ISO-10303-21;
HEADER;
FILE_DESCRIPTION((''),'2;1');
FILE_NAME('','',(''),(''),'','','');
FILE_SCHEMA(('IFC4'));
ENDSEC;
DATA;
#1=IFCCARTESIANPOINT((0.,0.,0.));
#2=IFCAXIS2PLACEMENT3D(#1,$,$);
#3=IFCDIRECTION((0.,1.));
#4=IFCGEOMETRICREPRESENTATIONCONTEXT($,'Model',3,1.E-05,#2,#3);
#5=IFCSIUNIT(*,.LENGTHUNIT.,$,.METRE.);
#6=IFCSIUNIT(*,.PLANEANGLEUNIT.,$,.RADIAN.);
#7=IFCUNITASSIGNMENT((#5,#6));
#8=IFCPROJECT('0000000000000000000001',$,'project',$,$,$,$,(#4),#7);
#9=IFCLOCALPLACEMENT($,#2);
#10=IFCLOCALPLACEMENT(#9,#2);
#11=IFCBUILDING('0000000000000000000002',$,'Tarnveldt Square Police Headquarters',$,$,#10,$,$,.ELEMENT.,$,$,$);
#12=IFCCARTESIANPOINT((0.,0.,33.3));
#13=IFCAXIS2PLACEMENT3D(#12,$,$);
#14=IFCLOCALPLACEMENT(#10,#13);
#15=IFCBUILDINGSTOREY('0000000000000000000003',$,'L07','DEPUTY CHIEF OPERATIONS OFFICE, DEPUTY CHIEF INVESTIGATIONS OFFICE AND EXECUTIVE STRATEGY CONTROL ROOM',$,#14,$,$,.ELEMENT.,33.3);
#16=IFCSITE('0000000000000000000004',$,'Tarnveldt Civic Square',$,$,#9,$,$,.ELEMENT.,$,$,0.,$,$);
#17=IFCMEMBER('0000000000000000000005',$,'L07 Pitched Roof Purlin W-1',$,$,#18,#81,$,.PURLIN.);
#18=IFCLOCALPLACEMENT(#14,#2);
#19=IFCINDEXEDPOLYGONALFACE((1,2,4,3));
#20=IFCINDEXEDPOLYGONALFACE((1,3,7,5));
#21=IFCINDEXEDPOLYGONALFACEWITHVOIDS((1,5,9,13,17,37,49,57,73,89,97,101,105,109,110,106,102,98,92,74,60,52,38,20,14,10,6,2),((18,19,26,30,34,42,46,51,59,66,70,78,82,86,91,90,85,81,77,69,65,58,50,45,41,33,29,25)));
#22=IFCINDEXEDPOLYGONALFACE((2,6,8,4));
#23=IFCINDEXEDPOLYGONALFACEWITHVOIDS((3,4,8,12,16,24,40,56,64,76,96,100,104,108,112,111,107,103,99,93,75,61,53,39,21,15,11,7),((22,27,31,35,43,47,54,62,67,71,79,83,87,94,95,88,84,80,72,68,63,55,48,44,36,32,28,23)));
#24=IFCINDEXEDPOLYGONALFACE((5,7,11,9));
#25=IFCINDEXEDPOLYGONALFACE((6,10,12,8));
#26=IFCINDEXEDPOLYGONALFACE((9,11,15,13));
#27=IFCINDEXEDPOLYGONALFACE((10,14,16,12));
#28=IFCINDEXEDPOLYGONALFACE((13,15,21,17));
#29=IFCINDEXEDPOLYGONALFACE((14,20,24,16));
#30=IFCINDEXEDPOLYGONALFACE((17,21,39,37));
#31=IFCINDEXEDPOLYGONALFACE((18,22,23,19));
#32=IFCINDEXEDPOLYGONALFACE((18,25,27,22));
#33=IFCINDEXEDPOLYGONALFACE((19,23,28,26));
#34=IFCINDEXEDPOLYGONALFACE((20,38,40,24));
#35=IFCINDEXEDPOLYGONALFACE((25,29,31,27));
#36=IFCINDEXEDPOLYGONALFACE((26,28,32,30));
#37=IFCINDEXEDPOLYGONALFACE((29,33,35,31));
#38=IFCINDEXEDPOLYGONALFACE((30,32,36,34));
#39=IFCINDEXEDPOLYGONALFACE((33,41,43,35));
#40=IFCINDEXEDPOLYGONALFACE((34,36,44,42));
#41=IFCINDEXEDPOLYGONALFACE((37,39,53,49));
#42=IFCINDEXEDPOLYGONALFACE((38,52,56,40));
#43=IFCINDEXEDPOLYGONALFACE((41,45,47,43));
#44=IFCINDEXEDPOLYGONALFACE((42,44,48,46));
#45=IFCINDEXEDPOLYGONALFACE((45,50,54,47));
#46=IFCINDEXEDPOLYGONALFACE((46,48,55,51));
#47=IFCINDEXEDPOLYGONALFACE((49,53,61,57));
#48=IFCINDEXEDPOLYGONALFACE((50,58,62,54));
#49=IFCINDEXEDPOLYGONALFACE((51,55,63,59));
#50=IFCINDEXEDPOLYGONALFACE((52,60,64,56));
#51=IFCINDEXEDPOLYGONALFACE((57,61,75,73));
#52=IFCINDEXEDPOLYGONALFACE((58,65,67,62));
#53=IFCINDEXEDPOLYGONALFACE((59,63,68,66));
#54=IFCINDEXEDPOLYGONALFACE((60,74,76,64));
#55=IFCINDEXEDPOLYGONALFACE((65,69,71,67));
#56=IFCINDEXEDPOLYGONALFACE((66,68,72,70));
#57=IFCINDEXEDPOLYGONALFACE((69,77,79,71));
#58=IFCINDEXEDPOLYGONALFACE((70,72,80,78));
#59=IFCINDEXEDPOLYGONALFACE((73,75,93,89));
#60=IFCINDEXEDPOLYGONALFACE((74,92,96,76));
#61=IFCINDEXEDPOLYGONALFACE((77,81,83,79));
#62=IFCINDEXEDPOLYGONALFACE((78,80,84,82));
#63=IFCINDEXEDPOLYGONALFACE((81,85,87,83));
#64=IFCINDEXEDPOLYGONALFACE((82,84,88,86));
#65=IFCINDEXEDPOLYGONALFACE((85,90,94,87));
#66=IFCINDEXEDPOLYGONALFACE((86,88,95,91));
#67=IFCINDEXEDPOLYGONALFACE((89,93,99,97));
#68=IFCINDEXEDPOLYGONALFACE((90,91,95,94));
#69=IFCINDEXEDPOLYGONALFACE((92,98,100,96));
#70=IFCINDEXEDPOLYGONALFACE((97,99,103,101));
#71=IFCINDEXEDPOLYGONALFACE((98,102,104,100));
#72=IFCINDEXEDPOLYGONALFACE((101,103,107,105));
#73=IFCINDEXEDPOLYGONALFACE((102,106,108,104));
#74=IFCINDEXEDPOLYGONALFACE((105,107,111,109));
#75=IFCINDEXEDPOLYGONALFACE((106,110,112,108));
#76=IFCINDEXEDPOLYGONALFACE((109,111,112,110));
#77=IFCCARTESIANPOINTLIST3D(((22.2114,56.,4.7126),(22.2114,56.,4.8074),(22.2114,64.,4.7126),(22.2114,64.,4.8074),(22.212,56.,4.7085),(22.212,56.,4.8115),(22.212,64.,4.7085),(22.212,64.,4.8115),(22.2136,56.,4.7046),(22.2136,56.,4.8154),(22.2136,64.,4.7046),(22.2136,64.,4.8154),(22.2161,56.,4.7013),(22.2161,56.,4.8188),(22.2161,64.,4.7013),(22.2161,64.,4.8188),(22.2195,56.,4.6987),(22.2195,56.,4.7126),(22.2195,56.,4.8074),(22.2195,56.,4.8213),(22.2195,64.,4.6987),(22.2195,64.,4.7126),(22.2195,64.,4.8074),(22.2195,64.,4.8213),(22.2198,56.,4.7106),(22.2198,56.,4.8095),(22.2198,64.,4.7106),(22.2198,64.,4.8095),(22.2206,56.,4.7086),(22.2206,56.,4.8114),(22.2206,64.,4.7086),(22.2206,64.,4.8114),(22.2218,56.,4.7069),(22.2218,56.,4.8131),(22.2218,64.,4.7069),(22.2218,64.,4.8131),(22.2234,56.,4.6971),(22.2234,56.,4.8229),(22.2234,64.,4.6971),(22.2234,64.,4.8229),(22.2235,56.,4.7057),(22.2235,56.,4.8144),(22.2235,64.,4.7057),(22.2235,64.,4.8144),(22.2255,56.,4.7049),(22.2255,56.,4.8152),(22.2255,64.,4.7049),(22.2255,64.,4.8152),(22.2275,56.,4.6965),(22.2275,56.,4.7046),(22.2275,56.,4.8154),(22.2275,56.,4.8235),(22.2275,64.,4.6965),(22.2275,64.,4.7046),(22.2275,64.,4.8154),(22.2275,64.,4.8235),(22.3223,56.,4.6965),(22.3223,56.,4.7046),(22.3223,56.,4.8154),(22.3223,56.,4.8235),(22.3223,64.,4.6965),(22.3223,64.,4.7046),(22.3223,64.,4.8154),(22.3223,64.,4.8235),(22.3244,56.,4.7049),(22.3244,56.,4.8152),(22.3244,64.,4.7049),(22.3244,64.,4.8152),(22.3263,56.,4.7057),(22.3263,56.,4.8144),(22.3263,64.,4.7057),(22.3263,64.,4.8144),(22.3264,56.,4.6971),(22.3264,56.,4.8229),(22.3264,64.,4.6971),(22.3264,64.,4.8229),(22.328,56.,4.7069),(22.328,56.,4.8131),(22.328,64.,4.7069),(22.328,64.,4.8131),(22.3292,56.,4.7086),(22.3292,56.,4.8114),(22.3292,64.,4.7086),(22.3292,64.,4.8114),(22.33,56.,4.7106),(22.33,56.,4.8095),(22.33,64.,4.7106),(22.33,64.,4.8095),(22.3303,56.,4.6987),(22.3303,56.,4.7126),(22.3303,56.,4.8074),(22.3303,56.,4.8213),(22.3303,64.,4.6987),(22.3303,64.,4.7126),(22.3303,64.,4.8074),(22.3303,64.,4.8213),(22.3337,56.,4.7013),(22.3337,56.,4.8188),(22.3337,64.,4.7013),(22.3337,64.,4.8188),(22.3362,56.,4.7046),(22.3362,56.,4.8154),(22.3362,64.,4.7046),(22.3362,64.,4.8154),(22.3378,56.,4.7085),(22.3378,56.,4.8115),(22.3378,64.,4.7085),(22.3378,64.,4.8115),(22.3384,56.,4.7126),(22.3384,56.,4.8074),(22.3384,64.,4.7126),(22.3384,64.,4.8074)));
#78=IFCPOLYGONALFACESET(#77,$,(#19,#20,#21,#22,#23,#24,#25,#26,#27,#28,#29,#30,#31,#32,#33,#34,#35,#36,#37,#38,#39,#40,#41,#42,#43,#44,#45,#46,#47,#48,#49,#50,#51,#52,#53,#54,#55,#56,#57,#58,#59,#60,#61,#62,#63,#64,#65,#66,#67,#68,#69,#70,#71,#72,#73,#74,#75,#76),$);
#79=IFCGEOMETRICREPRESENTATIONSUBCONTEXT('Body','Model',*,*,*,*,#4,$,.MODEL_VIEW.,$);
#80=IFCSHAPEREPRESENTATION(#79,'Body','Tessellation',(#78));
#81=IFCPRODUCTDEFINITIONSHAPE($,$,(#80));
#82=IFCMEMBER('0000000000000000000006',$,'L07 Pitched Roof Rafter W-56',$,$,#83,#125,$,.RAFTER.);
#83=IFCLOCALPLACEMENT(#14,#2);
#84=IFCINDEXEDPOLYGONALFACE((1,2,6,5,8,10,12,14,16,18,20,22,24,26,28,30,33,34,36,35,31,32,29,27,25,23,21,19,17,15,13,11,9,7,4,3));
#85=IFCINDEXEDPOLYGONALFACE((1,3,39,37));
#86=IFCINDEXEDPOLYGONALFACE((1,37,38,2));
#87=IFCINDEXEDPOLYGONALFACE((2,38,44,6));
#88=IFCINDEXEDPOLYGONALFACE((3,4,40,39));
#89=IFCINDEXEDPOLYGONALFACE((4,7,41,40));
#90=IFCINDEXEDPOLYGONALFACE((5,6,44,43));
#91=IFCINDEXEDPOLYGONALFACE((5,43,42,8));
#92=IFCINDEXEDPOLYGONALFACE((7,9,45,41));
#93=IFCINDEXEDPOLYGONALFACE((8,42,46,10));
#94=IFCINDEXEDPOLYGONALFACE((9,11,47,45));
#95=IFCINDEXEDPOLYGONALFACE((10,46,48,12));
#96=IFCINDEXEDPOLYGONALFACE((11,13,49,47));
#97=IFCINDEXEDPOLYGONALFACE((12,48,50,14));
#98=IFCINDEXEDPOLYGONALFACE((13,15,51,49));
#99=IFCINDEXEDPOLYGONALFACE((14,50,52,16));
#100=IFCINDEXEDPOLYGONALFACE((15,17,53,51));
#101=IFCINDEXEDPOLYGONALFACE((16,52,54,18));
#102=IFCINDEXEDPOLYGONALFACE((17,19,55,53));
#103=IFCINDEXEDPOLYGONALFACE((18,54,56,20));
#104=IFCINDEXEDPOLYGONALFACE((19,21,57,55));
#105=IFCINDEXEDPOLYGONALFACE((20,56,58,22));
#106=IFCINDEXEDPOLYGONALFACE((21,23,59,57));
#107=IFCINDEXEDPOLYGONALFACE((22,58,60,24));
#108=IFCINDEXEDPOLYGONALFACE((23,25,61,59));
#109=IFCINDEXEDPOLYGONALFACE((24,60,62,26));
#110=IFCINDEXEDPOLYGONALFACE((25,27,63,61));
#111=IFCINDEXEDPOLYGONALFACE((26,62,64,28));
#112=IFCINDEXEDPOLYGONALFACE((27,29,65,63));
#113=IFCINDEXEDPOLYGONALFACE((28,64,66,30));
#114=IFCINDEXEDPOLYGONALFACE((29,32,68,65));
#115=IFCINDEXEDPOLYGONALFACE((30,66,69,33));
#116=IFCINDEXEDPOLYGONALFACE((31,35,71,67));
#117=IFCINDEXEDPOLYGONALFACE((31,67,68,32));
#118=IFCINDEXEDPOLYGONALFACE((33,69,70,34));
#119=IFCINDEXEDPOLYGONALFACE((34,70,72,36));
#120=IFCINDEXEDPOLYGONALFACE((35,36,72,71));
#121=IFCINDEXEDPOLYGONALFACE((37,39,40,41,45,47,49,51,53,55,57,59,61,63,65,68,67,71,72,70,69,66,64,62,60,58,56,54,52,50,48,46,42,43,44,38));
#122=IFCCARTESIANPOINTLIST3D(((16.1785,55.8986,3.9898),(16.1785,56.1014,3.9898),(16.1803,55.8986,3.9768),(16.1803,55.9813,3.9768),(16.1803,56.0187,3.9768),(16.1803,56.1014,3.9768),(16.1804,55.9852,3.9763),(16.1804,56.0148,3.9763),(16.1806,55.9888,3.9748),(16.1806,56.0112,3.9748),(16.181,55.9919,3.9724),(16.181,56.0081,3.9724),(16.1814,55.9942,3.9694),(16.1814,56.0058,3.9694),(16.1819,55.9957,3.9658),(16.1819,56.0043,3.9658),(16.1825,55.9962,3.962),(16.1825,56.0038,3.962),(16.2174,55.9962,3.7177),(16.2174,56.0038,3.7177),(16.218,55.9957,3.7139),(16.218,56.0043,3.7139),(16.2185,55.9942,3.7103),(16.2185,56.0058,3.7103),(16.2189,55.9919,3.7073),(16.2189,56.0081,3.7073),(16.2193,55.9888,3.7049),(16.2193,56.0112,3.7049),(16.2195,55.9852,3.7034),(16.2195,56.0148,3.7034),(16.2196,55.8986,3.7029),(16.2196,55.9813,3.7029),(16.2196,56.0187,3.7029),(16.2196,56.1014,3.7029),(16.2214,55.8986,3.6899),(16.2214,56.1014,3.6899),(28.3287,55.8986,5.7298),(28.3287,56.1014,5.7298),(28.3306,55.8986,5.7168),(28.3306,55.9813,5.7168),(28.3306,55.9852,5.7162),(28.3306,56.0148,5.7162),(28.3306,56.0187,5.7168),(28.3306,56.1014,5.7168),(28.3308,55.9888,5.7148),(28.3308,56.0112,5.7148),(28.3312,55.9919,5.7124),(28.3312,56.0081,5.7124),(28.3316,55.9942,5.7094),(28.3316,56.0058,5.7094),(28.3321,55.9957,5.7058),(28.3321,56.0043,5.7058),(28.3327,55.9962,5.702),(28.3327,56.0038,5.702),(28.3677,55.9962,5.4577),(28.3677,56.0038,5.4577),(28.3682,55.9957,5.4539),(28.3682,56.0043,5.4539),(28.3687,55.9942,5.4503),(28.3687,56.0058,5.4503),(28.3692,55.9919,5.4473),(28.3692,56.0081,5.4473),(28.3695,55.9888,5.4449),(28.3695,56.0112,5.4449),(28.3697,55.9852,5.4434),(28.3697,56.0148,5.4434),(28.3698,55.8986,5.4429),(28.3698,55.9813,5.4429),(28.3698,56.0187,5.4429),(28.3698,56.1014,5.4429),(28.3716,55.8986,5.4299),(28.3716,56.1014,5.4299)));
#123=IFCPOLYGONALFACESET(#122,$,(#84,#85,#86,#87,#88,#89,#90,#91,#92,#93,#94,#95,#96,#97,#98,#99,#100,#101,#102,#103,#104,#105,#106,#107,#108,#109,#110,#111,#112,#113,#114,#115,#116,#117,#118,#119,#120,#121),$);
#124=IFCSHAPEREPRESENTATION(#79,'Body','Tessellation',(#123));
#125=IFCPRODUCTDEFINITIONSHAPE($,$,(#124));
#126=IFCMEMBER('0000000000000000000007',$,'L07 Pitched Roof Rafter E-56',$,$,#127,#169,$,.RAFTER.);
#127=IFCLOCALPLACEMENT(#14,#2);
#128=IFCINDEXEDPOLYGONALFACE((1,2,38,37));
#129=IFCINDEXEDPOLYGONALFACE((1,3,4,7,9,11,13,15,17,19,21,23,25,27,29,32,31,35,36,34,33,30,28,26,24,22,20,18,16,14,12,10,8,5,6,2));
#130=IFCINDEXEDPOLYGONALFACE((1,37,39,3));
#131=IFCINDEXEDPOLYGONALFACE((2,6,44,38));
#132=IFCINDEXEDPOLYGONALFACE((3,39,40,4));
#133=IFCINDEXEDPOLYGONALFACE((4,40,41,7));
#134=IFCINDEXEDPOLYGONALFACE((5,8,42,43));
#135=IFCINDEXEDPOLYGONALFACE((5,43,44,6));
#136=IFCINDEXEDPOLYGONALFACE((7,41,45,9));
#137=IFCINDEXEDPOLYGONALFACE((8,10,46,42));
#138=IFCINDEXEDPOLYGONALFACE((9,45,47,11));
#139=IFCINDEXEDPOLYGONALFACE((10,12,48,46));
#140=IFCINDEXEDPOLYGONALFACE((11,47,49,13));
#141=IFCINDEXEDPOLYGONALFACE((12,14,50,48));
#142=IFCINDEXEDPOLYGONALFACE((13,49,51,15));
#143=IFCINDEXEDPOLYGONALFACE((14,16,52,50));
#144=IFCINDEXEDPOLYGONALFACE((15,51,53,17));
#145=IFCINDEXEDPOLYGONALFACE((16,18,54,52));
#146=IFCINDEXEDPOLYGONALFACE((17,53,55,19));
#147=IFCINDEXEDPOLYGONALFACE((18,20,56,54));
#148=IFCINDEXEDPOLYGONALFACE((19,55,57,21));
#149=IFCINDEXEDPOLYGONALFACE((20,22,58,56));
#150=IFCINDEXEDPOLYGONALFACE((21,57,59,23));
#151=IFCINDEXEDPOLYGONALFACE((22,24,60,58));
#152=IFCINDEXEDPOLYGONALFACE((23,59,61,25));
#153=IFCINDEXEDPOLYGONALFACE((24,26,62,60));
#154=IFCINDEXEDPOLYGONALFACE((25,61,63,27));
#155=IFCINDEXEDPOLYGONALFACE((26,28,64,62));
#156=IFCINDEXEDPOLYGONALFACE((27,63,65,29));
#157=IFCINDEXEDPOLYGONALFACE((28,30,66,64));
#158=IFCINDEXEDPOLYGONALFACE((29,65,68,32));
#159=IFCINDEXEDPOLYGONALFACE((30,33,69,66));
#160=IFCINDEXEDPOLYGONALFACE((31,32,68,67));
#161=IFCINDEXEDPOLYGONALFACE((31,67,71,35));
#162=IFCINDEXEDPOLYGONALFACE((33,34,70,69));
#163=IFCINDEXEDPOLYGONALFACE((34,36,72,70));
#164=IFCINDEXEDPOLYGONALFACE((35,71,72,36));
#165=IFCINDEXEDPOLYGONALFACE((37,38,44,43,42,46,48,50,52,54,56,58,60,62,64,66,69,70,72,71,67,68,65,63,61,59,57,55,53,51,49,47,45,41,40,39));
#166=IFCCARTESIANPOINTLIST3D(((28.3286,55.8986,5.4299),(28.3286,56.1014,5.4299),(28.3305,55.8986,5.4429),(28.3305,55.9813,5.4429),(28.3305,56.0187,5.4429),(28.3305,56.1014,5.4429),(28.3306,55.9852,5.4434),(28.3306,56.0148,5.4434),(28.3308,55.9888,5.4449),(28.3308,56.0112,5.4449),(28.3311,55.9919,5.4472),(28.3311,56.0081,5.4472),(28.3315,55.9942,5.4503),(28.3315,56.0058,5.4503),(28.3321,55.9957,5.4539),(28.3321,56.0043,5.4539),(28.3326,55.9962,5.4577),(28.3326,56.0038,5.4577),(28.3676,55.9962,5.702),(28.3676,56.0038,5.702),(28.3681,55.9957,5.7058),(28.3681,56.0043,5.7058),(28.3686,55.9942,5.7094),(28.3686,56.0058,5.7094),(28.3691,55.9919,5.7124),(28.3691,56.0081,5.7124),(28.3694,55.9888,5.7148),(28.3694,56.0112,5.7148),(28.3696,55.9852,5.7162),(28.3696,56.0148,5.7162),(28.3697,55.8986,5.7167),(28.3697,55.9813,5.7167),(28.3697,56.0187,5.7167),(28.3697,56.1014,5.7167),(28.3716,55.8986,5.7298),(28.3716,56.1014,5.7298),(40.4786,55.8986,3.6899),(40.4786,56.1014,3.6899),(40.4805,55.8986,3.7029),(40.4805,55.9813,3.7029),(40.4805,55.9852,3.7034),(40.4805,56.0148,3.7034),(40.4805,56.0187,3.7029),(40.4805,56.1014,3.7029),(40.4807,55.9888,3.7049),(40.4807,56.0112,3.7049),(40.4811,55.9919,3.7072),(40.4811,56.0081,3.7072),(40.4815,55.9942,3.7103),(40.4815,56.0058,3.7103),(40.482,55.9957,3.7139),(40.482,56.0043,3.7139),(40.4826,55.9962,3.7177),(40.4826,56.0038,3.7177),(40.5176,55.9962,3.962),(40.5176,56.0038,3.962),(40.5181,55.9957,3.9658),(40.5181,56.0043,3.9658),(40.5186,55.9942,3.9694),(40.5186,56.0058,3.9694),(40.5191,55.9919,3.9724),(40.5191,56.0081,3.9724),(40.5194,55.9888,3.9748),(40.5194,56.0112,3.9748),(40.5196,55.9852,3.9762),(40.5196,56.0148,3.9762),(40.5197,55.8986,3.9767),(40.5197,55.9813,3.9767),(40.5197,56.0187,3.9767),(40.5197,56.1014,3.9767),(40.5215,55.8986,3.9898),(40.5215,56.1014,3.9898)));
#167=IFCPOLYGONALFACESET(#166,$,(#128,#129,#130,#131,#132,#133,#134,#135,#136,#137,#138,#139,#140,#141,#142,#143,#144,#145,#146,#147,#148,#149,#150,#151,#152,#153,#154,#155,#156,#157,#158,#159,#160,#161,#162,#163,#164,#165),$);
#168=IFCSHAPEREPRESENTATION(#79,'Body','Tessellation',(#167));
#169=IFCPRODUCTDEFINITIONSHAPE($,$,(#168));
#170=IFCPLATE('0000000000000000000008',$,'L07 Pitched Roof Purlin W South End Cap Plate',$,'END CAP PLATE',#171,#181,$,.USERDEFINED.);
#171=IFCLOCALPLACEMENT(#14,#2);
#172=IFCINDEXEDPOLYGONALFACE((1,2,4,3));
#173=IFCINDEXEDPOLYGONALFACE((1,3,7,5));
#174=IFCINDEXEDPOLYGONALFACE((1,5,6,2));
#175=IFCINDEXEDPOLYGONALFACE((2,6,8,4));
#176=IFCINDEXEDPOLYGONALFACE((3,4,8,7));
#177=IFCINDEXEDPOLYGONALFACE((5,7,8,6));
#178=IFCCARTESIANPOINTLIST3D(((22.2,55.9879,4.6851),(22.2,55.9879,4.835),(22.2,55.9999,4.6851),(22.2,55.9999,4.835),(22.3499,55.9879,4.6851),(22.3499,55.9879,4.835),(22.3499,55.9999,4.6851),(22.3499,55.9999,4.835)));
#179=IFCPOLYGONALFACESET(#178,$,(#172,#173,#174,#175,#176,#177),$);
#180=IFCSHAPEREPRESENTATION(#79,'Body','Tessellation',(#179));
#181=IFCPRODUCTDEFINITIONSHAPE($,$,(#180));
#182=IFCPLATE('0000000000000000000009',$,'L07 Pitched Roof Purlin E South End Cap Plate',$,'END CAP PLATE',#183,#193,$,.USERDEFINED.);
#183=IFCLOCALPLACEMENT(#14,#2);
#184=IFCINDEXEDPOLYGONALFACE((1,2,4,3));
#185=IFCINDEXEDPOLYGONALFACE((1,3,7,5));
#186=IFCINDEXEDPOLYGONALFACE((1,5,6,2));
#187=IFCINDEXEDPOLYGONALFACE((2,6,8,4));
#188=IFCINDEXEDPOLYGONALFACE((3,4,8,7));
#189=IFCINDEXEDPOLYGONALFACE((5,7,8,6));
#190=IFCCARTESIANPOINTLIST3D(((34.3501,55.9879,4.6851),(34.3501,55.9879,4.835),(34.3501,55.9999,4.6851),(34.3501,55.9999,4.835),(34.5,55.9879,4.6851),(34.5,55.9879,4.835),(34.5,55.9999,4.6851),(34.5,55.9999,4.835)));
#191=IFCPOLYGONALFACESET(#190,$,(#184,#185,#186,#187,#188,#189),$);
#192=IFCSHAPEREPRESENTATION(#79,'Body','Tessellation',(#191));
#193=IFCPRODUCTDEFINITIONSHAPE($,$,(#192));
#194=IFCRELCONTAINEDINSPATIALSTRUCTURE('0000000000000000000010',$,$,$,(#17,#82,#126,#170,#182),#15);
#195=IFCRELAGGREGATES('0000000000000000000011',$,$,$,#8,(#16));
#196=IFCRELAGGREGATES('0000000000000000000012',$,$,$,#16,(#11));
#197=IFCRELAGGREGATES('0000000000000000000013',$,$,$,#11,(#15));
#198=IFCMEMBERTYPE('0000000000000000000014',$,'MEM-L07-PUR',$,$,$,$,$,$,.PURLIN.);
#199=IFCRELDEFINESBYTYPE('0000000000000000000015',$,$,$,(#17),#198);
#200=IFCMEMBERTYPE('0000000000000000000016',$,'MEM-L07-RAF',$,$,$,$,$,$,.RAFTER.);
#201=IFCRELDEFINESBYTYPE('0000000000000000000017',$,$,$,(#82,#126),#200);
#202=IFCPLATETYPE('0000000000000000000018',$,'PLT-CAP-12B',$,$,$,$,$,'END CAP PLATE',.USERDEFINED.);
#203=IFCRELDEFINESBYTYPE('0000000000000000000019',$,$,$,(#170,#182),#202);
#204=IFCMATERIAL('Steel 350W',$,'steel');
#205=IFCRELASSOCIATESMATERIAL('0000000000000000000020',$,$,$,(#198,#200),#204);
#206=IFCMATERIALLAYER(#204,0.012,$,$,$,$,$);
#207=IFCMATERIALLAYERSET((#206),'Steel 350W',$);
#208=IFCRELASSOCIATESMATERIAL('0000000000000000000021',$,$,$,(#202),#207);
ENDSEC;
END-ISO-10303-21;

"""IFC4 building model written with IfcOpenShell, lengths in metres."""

from ifc_helpers import new_model, si_unit, direction, frame, origin, origin_2d, place, context, subcontext, project, spatial, rectangle, hollow_rectangle, i_section, extrude, material, layer, layer_set, material_profile, profile_set, type_object, element, save


model = new_model("IFC4")

# Units and contexts
model_context = context("Model", 3, precision=1e-05, world=origin(), true_north=direction((0.0, 1.0)))
body_context = subcontext(model_context, "Body", "Model", "MODEL_VIEW")
ifc_project = project(units=[si_unit("LENGTHUNIT", "METRE"), si_unit("PLANEANGLEUNIT", "RADIAN")], contexts=[model_context])

# Site, building, storey
site_placement = place(None, origin())
site = spatial("IfcSite", under=ifc_project, at=site_placement, Name="Tarnveldt Civic Square", CompositionType="ELEMENT", RefElevation=0.0)
building_placement = place(site_placement, origin())
building = spatial("IfcBuilding", under=site, at=building_placement, Name="Tarnveldt Square Police Headquarters", CompositionType="ELEMENT")
storey_placement = place(building_placement, frame((0.0, 0.0, 33.3)))
storey = spatial("IfcBuildingStorey", under=building, at=storey_placement, Name="L07", Description="DEPUTY CHIEF OPERATIONS OFFICE, DEPUTY CHIEF INVESTIGATIONS OFFICE AND EXECUTIVE STRATEGY CONTROL ROOM", CompositionType="ELEMENT", Elevation=33.3)

# Shared definitions
ifc_material_1 = material(Name="Steel 350W", Category="steel")

# Members
ifc_material_profile_1 = material_profile(ifc_material_1, hollow_rectangle(XDim=0.127, YDim=0.127, WallThickness=0.0081, InnerFilletRadius=0.0081, OuterFilletRadius=0.0161, at=origin_2d()), Name="HSS127x127x8.0")
ifc_profile_set_1 = profile_set([ifc_material_profile_1], Name="Steel 350W")
member_type_1 = type_object("IfcMemberType", Name="MEM-L07-PUR", PredefinedType="PURLIN", material=ifc_profile_set_1)
member_1_placement = place(storey_placement, frame((22.2749, 56.0, 4.76), z_axis=(0.0, 1.0, 0.0), x_axis=(-1.0, 0.0, 0.0)))
element("IfcMember", 1, at=member_1_placement, inside=storey, type_object=member_type_1, Name="L07 Pitched Roof Purlin W-1", PredefinedType="PURLIN", context=body_context, shape_type="SweptSolid", body=[
    extrude(hollow_rectangle(XDim=0.127, YDim=0.127, WallThickness=0.0081, InnerFilletRadius=0.0081, OuterFilletRadius=0.0161, at=origin_2d()), origin(), (0.0, 0.0, 1.0), 8.0),
])
ifc_material_profile_2 = material_profile(ifc_material_1, i_section(OverallWidth=0.2029, OverallDepth=0.303, WebThickness=0.0076, FlangeThickness=0.0132, FilletRadius=0.0149, at=origin_2d()), Name="W310x60")
ifc_profile_set_2 = profile_set([ifc_material_profile_2], Name="Steel 350W")
member_type_2 = type_object("IfcMemberType", Name="MEM-L07-RAF", PredefinedType="RAFTER", material=ifc_profile_set_2)
member_2_placement = place(storey_placement, frame((16.2, 56.0, 3.8398), z_axis=(0.989901, 0.0, 0.141761), x_axis=(0.0, 1.0, 0.0)))
element("IfcMember", 2, at=member_2_placement, inside=storey, type_object=member_type_2, Name="L07 Pitched Roof Rafter W-56", PredefinedType="RAFTER", context=body_context, shape_type="SweptSolid", body=[
    extrude(i_section(OverallWidth=0.2029, OverallDepth=0.303, WebThickness=0.0076, FlangeThickness=0.0132, FilletRadius=0.0149, at=origin_2d()), origin(), (0.0, 0.0, 1.0), 12.2742),
])
member_3_placement = place(storey_placement, frame((28.3501, 56.0, 5.5798), z_axis=(0.989901, 0.0, -0.141764), x_axis=(0.0, 1.0, 0.0)))
element("IfcMember", 3, at=member_3_placement, inside=storey, type_object=member_type_2, Name="L07 Pitched Roof Rafter E-56", PredefinedType="RAFTER", context=body_context, shape_type="SweptSolid", body=[
    extrude(i_section(OverallWidth=0.2029, OverallDepth=0.303, WebThickness=0.0076, FlangeThickness=0.0132, FilletRadius=0.0149, at=origin_2d()), origin(), (0.0, 0.0, 1.0), 12.2739),
])

# Plates
ifc_layer_1 = layer(ifc_material_1, 0.012)
ifc_layer_set_1 = layer_set([ifc_layer_1], Name="Steel 350W")
plate_type = type_object("IfcPlateType", Name="PLT-CAP-12B", ElementType="END CAP PLATE", PredefinedType="USERDEFINED", material=ifc_layer_set_1)
for number, where, z_axis, x_axis, name in (
    (4, (22.2749, 55.9939, 4.6851), (0.0, 0.0, 1.0), (1.0, 0.0, 0.0), "L07 Pitched Roof Purlin W South End Cap Plate"),
    (5, (34.425, 55.9939, 4.6851), (0.0, 0.0, 1.0), (1.0, 0.0, 0.0), "L07 Pitched Roof Purlin E South End Cap Plate"),
):
    element("IfcPlate", number, at=place(storey_placement, frame(where, z_axis=z_axis, x_axis=x_axis)), inside=storey, type_object=plate_type, Name=name, ObjectType="END CAP PLATE", PredefinedType="USERDEFINED", context=body_context, shape_type="SweptSolid", body=[
        extrude(rectangle(XDim=0.1499, YDim=0.012, at=origin_2d()), origin(), (0.0, 0.0, 1.0), 0.1499),
    ])

save(model, "model.ifc")
